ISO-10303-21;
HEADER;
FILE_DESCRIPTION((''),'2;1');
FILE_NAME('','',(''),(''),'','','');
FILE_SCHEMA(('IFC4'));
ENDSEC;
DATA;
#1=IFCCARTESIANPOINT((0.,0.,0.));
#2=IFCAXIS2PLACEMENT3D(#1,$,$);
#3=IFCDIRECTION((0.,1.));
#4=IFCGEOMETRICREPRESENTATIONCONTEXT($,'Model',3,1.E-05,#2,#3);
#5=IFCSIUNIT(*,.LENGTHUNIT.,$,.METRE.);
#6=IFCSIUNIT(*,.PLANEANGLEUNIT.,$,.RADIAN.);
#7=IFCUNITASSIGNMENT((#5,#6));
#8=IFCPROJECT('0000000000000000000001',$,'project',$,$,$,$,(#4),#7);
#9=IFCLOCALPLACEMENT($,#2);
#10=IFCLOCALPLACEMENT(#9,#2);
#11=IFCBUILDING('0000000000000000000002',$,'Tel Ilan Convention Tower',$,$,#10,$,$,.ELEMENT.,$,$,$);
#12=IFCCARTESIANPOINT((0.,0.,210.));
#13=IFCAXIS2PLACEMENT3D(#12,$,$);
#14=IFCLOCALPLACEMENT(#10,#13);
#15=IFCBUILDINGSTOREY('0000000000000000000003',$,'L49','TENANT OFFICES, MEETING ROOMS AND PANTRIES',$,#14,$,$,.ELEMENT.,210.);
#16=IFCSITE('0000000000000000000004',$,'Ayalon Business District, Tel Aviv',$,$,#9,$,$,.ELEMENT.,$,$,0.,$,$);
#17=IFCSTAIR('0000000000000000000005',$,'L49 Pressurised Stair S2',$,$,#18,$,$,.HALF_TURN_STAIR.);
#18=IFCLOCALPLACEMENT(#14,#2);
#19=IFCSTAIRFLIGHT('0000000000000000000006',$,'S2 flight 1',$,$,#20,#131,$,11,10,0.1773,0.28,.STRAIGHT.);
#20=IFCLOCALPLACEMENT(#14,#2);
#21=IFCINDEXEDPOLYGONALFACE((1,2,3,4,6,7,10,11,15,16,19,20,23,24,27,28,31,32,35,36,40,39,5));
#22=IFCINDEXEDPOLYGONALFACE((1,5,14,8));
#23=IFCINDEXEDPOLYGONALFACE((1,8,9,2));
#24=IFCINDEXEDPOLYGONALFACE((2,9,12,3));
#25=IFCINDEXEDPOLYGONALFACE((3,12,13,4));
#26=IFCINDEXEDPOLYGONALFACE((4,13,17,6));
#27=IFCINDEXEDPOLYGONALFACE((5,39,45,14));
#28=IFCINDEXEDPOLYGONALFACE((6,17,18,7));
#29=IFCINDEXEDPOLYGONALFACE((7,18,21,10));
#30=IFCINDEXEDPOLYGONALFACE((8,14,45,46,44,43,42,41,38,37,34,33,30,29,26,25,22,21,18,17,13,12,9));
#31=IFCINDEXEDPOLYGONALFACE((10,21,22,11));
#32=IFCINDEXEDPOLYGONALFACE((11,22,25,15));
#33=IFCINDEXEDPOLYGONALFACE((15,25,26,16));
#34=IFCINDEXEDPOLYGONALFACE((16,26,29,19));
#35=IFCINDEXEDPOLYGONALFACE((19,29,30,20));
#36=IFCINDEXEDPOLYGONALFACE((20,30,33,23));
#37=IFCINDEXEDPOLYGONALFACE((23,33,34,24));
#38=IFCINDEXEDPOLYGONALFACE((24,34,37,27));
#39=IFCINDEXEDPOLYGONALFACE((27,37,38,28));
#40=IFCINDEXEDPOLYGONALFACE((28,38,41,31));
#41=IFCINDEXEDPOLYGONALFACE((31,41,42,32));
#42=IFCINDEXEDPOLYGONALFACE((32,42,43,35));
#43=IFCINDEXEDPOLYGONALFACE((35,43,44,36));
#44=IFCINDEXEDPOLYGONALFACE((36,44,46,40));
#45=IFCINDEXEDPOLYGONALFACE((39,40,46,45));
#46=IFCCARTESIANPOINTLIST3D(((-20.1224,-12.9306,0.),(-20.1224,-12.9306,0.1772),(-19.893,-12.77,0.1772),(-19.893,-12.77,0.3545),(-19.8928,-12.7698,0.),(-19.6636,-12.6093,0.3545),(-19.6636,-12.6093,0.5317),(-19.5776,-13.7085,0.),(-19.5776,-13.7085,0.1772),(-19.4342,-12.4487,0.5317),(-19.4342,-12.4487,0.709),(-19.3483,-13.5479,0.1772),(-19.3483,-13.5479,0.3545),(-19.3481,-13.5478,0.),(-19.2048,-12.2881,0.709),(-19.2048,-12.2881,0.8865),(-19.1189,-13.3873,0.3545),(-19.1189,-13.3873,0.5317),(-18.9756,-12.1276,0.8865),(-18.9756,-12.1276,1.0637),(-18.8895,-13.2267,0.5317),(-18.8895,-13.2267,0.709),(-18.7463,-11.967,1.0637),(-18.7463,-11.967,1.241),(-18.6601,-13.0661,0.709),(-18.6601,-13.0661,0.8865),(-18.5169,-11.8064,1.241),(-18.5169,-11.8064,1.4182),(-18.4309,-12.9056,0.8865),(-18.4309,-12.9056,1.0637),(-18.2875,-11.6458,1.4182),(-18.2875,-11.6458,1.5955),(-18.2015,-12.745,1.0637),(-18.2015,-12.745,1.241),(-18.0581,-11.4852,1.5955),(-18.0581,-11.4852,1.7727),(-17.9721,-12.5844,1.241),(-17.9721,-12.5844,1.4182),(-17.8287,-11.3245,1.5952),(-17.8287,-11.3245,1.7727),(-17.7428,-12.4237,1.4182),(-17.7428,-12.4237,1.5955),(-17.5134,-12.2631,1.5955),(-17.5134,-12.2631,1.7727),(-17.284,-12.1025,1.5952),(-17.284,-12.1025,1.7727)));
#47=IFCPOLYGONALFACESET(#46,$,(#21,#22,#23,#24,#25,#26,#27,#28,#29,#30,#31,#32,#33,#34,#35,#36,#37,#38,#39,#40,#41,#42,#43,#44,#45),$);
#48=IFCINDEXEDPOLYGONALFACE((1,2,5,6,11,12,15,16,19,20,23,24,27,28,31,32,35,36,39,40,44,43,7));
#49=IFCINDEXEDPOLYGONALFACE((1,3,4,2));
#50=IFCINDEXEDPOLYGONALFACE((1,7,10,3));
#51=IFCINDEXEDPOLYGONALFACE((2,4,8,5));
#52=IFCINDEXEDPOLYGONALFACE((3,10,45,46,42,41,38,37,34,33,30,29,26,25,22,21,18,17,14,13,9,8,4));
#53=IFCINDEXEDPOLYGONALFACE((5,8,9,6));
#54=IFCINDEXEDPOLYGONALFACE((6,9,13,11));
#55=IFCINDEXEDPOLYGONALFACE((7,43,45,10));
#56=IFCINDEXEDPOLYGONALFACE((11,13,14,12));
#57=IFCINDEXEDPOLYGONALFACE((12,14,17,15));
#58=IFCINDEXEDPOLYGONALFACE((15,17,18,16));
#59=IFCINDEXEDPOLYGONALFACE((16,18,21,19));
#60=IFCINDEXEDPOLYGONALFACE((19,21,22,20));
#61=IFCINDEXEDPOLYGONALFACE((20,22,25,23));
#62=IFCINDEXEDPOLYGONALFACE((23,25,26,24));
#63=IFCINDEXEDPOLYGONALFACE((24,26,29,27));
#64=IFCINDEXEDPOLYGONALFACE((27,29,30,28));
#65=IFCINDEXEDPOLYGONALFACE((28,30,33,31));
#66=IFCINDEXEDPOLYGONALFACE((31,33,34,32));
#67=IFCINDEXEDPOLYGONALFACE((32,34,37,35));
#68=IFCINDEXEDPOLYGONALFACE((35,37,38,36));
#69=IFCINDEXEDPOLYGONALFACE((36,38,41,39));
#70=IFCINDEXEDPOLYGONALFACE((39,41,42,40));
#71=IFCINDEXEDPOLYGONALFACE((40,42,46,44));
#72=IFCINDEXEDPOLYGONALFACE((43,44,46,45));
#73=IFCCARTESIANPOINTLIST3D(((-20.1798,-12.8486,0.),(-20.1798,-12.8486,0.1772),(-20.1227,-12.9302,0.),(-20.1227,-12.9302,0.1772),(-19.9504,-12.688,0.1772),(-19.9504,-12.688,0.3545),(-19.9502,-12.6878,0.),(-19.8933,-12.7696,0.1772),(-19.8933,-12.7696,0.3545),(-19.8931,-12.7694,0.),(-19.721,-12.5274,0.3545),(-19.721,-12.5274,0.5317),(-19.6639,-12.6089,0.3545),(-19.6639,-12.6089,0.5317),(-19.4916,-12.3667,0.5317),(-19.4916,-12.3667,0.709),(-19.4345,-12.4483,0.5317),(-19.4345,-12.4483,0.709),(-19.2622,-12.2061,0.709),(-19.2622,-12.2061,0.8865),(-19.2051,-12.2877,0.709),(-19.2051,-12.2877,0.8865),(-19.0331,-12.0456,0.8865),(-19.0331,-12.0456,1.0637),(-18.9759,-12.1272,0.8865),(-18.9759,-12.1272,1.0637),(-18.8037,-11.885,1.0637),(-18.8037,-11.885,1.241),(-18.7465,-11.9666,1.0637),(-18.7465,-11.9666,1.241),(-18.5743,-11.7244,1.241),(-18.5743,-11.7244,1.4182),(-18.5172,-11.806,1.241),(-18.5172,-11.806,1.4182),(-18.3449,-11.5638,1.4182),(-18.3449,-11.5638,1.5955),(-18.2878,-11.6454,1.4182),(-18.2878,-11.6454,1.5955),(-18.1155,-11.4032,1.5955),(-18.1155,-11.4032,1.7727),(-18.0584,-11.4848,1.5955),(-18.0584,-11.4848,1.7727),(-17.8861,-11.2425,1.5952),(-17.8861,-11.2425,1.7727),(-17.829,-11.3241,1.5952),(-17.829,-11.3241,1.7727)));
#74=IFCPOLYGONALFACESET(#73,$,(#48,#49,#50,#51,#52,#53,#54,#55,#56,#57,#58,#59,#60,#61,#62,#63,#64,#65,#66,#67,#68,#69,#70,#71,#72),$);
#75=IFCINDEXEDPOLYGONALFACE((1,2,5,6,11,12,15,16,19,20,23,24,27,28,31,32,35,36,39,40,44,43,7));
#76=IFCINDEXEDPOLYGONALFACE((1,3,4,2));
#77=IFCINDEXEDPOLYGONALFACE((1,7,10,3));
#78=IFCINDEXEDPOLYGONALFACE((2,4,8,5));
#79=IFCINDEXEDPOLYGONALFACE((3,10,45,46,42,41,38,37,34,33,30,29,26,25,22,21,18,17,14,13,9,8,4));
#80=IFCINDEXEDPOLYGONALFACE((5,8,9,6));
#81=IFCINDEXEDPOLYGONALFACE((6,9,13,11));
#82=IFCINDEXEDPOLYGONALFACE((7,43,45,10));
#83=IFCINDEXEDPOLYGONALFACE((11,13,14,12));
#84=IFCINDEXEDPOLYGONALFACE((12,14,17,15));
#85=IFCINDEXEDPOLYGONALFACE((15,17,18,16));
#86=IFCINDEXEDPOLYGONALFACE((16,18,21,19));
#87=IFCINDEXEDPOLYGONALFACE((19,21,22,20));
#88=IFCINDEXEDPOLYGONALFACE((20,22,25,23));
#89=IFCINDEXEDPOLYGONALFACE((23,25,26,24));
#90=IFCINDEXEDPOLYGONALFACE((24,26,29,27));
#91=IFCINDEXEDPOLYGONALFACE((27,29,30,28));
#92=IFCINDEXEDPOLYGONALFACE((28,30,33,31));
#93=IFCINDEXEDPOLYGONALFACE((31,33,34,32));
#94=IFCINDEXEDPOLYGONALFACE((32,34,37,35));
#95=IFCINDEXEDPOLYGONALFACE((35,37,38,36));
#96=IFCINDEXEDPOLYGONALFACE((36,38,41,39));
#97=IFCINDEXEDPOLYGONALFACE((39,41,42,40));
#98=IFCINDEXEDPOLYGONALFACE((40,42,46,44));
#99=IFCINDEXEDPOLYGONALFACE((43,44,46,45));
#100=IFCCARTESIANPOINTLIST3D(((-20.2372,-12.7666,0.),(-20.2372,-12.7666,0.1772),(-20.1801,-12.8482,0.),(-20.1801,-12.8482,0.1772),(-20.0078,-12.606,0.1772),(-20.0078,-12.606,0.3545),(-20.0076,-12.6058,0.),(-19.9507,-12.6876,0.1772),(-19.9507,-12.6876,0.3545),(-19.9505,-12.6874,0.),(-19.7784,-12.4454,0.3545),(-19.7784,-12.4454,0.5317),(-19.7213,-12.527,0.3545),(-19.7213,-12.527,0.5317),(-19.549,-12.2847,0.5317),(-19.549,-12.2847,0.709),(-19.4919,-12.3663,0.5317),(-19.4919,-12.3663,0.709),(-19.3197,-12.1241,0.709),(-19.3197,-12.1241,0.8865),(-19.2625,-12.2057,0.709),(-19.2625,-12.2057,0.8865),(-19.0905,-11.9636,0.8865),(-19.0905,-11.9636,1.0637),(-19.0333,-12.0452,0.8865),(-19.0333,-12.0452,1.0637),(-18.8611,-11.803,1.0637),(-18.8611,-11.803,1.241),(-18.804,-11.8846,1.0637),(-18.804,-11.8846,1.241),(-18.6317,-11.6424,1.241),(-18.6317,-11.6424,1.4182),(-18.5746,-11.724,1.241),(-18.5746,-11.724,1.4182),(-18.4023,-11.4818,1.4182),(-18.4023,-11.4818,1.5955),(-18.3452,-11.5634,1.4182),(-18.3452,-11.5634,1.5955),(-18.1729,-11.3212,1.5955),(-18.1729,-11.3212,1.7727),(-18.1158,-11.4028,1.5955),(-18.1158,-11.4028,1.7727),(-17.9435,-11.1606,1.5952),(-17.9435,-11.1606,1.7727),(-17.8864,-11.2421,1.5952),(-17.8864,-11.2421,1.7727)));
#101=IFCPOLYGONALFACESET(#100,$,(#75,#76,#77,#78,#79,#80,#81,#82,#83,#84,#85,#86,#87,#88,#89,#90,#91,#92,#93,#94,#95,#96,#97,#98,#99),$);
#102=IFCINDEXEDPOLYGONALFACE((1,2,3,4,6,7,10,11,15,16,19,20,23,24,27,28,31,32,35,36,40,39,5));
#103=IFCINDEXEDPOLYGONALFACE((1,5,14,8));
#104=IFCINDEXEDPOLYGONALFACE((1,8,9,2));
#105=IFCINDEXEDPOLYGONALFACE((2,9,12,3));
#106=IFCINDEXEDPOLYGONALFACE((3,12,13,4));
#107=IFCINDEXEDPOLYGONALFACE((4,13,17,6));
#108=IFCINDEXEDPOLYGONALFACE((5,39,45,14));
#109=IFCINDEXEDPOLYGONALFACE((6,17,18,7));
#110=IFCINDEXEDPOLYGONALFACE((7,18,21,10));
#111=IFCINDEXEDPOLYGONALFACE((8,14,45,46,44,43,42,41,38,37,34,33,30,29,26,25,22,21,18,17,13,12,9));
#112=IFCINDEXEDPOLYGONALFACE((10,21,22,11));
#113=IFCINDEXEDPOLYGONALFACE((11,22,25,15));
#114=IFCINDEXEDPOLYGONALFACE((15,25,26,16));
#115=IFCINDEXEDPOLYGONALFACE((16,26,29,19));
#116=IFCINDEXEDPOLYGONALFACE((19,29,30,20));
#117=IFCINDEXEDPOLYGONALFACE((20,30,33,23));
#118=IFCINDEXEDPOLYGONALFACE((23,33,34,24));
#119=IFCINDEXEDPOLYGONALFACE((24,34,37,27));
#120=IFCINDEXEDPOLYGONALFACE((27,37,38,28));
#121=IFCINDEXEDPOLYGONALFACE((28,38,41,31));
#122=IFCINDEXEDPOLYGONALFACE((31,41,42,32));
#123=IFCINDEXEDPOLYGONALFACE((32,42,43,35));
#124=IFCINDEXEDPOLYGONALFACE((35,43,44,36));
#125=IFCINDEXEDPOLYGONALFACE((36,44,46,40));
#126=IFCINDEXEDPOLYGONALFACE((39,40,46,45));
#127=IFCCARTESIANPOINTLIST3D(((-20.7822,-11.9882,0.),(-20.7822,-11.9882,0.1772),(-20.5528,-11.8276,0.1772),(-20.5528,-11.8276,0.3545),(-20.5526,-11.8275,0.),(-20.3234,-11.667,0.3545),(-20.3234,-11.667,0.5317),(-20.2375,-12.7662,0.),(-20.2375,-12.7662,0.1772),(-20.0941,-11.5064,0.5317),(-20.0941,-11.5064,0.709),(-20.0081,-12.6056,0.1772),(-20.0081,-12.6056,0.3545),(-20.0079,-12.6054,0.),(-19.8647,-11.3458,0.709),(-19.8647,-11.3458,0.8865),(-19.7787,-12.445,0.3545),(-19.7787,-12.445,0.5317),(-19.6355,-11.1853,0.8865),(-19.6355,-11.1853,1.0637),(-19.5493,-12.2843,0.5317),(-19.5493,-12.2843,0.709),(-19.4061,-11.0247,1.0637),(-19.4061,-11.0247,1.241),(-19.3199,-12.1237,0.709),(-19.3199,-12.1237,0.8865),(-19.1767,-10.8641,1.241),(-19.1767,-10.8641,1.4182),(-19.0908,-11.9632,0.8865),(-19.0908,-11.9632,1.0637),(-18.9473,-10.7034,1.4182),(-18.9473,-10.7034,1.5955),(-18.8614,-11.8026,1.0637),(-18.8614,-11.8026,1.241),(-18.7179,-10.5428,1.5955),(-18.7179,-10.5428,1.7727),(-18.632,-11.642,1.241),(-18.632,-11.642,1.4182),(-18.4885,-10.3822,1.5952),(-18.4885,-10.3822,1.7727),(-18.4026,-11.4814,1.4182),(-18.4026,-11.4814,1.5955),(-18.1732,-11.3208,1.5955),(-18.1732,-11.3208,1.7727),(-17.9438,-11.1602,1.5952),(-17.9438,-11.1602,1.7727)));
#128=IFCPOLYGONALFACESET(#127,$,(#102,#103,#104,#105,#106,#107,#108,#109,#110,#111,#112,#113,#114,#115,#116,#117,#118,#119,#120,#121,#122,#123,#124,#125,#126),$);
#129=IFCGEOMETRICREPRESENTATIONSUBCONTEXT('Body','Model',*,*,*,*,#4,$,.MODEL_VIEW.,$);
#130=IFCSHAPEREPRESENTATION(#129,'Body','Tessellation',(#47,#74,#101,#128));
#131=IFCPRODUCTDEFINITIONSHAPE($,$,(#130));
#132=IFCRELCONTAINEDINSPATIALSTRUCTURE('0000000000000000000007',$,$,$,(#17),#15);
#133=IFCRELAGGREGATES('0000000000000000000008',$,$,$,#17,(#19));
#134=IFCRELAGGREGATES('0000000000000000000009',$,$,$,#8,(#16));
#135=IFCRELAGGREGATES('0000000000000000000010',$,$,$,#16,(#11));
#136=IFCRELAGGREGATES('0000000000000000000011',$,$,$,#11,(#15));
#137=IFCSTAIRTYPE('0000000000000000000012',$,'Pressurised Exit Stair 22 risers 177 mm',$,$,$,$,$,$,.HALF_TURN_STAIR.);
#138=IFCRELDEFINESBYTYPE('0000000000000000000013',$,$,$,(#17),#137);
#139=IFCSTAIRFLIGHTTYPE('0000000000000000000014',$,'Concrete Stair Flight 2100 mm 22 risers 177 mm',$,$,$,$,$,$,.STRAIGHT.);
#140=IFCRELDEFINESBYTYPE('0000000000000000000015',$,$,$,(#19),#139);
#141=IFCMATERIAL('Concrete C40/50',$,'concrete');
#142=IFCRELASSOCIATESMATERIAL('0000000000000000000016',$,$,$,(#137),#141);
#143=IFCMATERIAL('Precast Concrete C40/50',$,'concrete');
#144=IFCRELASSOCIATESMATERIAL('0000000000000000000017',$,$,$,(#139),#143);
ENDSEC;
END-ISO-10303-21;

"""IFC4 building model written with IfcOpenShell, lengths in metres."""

from ifc_helpers import new_model, si_unit, direction, frame, origin, place, context, subcontext, project, spatial, polyline, outline, extrude, material, type_object, element, aggregate, save


model = new_model("IFC4")

# Units and contexts
model_context = context("Model", 3, precision=1e-05, world=origin(), true_north=direction((0.0, 1.0)))
body_context = subcontext(model_context, "Body", "Model", "MODEL_VIEW")
ifc_project = project(units=[si_unit("LENGTHUNIT", "METRE"), si_unit("PLANEANGLEUNIT", "RADIAN")], contexts=[model_context])

# Site, building, storey
site_placement = place(None, origin())
site = spatial("IfcSite", under=ifc_project, at=site_placement, Name="Ayalon Business District, Tel Aviv", CompositionType="ELEMENT", RefElevation=0.0)
building_placement = place(site_placement, origin())
building = spatial("IfcBuilding", under=site, at=building_placement, Name="Tel Ilan Convention Tower", CompositionType="ELEMENT")
storey_placement = place(building_placement, frame((0.0, 0.0, 210.0)))
storey = spatial("IfcBuildingStorey", under=building, at=storey_placement, Name="L49", Description="TENANT OFFICES, MEETING ROOMS AND PANTRIES", CompositionType="ELEMENT", Elevation=210.0)

# Stair, stair flight
ifc_material_1 = material(Name="Concrete C40/50", Category="concrete")
stair_type = type_object("IfcStairType", Name="Pressurised Exit Stair 22 risers 177 mm", PredefinedType="HALF_TURN_STAIR", material=ifc_material_1)
ifc_material_2 = material(Name="Precast Concrete C40/50", Category="concrete")
stair_flight_type = type_object("IfcStairFlightType", Name="Concrete Stair Flight 2100 mm 22 risers 177 mm", PredefinedType="STRAIGHT", material=ifc_material_2)
stair_1_placement = place(storey_placement, origin())
stair_1 = element("IfcStair", 1, at=stair_1_placement, inside=storey, type_object=stair_type, Name="L49 Pressurised Stair S2", PredefinedType="HALF_TURN_STAIR")
stair_flight_1_placement = place(storey_placement, frame((-20.1799, -12.8484, 0.0), z_axis=(0.0, 0.0, 1.0), x_axis=(0.819152, 0.573576, 0.0)))
stair_flight_1 = element("IfcStairFlight", 2, at=stair_flight_1_placement, type_object=stair_flight_type, Name="S2 flight 1", NumberOfRisers=11, NumberOfTreads=10, PredefinedType="STRAIGHT", RiserHeight=0.1773, TreadLength=0.28, context=body_context, shape_type="SweptSolid", body=[
    extrude(outline(polyline([(0.0, 0.0), (0.0, 0.1772), (0.28, 0.1772), (0.28, 0.3545), (0.5601, 0.3545), (0.5601, 0.5317), (0.8401, 0.5317), (0.8401, 0.709), (1.1201, 0.709), (1.1201, 0.8865), (1.3999, 0.8865), (1.3999, 1.0637), (1.6799, 1.0637), (1.6799, 1.241), (1.96, 1.241), (1.96, 1.4182), (2.24, 1.4182), (2.24, 1.5955), (2.52, 1.5955), (2.52, 1.7727), (2.8, 1.7727), (2.8, 1.95), (2.8, 1.5952), (0.2803, 0.0), (0.0, 0.0)])), frame((0.0, -0.1003, 0.0), z_axis=(0.0, -1.0, 0.0), x_axis=(1.0, 0.0, 0.0)), (0.0, 0.0, 1.0), 0.9497),
    extrude(outline(polyline([(0.0, 0.0), (0.0, 0.1772), (0.28, 0.1772), (0.28, 0.3545), (0.5601, 0.3545), (0.5601, 0.5317), (0.8401, 0.5317), (0.8401, 0.709), (1.1201, 0.709), (1.1201, 0.8865), (1.3999, 0.8865), (1.3999, 1.0637), (1.6799, 1.0637), (1.6799, 1.241), (1.96, 1.241), (1.96, 1.4182), (2.24, 1.4182), (2.24, 1.5955), (2.52, 1.5955), (2.52, 1.7727), (2.8, 1.7727), (2.8, 1.95), (2.8, 1.5952), (0.2803, 0.0), (0.0, 0.0)])), frame((0.0, -0.0002, 0.0), z_axis=(0.0, -1.0, 0.0), x_axis=(1.0, 0.0, 0.0)), (0.0, 0.0, 1.0), 0.0996),
    extrude(outline(polyline([(0.0, 0.0), (0.0, 0.1772), (0.28, 0.1772), (0.28, 0.3545), (0.5601, 0.3545), (0.5601, 0.5317), (0.8401, 0.5317), (0.8401, 0.709), (1.1201, 0.709), (1.1201, 0.8865), (1.3999, 0.8865), (1.3999, 1.0637), (1.6799, 1.0637), (1.6799, 1.241), (1.96, 1.241), (1.96, 1.4182), (2.24, 1.4182), (2.24, 1.5955), (2.52, 1.5955), (2.52, 1.7727), (2.8, 1.7727), (2.8, 1.95), (2.8, 1.5952), (0.2803, 0.0), (0.0, 0.0)])), frame((0.0, 0.0999, 0.0), z_axis=(0.0, -1.0, 0.0), x_axis=(1.0, 0.0, 0.0)), (0.0, 0.0, 1.0), 0.0996),
    extrude(outline(polyline([(0.0, 0.0), (0.0, 0.1772), (0.28, 0.1772), (0.28, 0.3545), (0.5601, 0.3545), (0.5601, 0.5317), (0.8401, 0.5317), (0.8401, 0.709), (1.1201, 0.709), (1.1201, 0.8865), (1.3999, 0.8865), (1.3999, 1.0637), (1.6799, 1.0637), (1.6799, 1.241), (1.96, 1.241), (1.96, 1.4182), (2.24, 1.4182), (2.24, 1.5955), (2.52, 1.5955), (2.52, 1.7727), (2.8, 1.7727), (2.8, 1.95), (2.8, 1.5952), (0.2803, 0.0), (0.0, 0.0)])), frame((0.0, 1.05, 0.0), z_axis=(0.0, -1.0, 0.0), x_axis=(1.0, 0.0, 0.0)), (0.0, 0.0, 1.0), 0.9497),
])
aggregate(stair_1, [stair_flight_1])

save(model, "model.ifc")
